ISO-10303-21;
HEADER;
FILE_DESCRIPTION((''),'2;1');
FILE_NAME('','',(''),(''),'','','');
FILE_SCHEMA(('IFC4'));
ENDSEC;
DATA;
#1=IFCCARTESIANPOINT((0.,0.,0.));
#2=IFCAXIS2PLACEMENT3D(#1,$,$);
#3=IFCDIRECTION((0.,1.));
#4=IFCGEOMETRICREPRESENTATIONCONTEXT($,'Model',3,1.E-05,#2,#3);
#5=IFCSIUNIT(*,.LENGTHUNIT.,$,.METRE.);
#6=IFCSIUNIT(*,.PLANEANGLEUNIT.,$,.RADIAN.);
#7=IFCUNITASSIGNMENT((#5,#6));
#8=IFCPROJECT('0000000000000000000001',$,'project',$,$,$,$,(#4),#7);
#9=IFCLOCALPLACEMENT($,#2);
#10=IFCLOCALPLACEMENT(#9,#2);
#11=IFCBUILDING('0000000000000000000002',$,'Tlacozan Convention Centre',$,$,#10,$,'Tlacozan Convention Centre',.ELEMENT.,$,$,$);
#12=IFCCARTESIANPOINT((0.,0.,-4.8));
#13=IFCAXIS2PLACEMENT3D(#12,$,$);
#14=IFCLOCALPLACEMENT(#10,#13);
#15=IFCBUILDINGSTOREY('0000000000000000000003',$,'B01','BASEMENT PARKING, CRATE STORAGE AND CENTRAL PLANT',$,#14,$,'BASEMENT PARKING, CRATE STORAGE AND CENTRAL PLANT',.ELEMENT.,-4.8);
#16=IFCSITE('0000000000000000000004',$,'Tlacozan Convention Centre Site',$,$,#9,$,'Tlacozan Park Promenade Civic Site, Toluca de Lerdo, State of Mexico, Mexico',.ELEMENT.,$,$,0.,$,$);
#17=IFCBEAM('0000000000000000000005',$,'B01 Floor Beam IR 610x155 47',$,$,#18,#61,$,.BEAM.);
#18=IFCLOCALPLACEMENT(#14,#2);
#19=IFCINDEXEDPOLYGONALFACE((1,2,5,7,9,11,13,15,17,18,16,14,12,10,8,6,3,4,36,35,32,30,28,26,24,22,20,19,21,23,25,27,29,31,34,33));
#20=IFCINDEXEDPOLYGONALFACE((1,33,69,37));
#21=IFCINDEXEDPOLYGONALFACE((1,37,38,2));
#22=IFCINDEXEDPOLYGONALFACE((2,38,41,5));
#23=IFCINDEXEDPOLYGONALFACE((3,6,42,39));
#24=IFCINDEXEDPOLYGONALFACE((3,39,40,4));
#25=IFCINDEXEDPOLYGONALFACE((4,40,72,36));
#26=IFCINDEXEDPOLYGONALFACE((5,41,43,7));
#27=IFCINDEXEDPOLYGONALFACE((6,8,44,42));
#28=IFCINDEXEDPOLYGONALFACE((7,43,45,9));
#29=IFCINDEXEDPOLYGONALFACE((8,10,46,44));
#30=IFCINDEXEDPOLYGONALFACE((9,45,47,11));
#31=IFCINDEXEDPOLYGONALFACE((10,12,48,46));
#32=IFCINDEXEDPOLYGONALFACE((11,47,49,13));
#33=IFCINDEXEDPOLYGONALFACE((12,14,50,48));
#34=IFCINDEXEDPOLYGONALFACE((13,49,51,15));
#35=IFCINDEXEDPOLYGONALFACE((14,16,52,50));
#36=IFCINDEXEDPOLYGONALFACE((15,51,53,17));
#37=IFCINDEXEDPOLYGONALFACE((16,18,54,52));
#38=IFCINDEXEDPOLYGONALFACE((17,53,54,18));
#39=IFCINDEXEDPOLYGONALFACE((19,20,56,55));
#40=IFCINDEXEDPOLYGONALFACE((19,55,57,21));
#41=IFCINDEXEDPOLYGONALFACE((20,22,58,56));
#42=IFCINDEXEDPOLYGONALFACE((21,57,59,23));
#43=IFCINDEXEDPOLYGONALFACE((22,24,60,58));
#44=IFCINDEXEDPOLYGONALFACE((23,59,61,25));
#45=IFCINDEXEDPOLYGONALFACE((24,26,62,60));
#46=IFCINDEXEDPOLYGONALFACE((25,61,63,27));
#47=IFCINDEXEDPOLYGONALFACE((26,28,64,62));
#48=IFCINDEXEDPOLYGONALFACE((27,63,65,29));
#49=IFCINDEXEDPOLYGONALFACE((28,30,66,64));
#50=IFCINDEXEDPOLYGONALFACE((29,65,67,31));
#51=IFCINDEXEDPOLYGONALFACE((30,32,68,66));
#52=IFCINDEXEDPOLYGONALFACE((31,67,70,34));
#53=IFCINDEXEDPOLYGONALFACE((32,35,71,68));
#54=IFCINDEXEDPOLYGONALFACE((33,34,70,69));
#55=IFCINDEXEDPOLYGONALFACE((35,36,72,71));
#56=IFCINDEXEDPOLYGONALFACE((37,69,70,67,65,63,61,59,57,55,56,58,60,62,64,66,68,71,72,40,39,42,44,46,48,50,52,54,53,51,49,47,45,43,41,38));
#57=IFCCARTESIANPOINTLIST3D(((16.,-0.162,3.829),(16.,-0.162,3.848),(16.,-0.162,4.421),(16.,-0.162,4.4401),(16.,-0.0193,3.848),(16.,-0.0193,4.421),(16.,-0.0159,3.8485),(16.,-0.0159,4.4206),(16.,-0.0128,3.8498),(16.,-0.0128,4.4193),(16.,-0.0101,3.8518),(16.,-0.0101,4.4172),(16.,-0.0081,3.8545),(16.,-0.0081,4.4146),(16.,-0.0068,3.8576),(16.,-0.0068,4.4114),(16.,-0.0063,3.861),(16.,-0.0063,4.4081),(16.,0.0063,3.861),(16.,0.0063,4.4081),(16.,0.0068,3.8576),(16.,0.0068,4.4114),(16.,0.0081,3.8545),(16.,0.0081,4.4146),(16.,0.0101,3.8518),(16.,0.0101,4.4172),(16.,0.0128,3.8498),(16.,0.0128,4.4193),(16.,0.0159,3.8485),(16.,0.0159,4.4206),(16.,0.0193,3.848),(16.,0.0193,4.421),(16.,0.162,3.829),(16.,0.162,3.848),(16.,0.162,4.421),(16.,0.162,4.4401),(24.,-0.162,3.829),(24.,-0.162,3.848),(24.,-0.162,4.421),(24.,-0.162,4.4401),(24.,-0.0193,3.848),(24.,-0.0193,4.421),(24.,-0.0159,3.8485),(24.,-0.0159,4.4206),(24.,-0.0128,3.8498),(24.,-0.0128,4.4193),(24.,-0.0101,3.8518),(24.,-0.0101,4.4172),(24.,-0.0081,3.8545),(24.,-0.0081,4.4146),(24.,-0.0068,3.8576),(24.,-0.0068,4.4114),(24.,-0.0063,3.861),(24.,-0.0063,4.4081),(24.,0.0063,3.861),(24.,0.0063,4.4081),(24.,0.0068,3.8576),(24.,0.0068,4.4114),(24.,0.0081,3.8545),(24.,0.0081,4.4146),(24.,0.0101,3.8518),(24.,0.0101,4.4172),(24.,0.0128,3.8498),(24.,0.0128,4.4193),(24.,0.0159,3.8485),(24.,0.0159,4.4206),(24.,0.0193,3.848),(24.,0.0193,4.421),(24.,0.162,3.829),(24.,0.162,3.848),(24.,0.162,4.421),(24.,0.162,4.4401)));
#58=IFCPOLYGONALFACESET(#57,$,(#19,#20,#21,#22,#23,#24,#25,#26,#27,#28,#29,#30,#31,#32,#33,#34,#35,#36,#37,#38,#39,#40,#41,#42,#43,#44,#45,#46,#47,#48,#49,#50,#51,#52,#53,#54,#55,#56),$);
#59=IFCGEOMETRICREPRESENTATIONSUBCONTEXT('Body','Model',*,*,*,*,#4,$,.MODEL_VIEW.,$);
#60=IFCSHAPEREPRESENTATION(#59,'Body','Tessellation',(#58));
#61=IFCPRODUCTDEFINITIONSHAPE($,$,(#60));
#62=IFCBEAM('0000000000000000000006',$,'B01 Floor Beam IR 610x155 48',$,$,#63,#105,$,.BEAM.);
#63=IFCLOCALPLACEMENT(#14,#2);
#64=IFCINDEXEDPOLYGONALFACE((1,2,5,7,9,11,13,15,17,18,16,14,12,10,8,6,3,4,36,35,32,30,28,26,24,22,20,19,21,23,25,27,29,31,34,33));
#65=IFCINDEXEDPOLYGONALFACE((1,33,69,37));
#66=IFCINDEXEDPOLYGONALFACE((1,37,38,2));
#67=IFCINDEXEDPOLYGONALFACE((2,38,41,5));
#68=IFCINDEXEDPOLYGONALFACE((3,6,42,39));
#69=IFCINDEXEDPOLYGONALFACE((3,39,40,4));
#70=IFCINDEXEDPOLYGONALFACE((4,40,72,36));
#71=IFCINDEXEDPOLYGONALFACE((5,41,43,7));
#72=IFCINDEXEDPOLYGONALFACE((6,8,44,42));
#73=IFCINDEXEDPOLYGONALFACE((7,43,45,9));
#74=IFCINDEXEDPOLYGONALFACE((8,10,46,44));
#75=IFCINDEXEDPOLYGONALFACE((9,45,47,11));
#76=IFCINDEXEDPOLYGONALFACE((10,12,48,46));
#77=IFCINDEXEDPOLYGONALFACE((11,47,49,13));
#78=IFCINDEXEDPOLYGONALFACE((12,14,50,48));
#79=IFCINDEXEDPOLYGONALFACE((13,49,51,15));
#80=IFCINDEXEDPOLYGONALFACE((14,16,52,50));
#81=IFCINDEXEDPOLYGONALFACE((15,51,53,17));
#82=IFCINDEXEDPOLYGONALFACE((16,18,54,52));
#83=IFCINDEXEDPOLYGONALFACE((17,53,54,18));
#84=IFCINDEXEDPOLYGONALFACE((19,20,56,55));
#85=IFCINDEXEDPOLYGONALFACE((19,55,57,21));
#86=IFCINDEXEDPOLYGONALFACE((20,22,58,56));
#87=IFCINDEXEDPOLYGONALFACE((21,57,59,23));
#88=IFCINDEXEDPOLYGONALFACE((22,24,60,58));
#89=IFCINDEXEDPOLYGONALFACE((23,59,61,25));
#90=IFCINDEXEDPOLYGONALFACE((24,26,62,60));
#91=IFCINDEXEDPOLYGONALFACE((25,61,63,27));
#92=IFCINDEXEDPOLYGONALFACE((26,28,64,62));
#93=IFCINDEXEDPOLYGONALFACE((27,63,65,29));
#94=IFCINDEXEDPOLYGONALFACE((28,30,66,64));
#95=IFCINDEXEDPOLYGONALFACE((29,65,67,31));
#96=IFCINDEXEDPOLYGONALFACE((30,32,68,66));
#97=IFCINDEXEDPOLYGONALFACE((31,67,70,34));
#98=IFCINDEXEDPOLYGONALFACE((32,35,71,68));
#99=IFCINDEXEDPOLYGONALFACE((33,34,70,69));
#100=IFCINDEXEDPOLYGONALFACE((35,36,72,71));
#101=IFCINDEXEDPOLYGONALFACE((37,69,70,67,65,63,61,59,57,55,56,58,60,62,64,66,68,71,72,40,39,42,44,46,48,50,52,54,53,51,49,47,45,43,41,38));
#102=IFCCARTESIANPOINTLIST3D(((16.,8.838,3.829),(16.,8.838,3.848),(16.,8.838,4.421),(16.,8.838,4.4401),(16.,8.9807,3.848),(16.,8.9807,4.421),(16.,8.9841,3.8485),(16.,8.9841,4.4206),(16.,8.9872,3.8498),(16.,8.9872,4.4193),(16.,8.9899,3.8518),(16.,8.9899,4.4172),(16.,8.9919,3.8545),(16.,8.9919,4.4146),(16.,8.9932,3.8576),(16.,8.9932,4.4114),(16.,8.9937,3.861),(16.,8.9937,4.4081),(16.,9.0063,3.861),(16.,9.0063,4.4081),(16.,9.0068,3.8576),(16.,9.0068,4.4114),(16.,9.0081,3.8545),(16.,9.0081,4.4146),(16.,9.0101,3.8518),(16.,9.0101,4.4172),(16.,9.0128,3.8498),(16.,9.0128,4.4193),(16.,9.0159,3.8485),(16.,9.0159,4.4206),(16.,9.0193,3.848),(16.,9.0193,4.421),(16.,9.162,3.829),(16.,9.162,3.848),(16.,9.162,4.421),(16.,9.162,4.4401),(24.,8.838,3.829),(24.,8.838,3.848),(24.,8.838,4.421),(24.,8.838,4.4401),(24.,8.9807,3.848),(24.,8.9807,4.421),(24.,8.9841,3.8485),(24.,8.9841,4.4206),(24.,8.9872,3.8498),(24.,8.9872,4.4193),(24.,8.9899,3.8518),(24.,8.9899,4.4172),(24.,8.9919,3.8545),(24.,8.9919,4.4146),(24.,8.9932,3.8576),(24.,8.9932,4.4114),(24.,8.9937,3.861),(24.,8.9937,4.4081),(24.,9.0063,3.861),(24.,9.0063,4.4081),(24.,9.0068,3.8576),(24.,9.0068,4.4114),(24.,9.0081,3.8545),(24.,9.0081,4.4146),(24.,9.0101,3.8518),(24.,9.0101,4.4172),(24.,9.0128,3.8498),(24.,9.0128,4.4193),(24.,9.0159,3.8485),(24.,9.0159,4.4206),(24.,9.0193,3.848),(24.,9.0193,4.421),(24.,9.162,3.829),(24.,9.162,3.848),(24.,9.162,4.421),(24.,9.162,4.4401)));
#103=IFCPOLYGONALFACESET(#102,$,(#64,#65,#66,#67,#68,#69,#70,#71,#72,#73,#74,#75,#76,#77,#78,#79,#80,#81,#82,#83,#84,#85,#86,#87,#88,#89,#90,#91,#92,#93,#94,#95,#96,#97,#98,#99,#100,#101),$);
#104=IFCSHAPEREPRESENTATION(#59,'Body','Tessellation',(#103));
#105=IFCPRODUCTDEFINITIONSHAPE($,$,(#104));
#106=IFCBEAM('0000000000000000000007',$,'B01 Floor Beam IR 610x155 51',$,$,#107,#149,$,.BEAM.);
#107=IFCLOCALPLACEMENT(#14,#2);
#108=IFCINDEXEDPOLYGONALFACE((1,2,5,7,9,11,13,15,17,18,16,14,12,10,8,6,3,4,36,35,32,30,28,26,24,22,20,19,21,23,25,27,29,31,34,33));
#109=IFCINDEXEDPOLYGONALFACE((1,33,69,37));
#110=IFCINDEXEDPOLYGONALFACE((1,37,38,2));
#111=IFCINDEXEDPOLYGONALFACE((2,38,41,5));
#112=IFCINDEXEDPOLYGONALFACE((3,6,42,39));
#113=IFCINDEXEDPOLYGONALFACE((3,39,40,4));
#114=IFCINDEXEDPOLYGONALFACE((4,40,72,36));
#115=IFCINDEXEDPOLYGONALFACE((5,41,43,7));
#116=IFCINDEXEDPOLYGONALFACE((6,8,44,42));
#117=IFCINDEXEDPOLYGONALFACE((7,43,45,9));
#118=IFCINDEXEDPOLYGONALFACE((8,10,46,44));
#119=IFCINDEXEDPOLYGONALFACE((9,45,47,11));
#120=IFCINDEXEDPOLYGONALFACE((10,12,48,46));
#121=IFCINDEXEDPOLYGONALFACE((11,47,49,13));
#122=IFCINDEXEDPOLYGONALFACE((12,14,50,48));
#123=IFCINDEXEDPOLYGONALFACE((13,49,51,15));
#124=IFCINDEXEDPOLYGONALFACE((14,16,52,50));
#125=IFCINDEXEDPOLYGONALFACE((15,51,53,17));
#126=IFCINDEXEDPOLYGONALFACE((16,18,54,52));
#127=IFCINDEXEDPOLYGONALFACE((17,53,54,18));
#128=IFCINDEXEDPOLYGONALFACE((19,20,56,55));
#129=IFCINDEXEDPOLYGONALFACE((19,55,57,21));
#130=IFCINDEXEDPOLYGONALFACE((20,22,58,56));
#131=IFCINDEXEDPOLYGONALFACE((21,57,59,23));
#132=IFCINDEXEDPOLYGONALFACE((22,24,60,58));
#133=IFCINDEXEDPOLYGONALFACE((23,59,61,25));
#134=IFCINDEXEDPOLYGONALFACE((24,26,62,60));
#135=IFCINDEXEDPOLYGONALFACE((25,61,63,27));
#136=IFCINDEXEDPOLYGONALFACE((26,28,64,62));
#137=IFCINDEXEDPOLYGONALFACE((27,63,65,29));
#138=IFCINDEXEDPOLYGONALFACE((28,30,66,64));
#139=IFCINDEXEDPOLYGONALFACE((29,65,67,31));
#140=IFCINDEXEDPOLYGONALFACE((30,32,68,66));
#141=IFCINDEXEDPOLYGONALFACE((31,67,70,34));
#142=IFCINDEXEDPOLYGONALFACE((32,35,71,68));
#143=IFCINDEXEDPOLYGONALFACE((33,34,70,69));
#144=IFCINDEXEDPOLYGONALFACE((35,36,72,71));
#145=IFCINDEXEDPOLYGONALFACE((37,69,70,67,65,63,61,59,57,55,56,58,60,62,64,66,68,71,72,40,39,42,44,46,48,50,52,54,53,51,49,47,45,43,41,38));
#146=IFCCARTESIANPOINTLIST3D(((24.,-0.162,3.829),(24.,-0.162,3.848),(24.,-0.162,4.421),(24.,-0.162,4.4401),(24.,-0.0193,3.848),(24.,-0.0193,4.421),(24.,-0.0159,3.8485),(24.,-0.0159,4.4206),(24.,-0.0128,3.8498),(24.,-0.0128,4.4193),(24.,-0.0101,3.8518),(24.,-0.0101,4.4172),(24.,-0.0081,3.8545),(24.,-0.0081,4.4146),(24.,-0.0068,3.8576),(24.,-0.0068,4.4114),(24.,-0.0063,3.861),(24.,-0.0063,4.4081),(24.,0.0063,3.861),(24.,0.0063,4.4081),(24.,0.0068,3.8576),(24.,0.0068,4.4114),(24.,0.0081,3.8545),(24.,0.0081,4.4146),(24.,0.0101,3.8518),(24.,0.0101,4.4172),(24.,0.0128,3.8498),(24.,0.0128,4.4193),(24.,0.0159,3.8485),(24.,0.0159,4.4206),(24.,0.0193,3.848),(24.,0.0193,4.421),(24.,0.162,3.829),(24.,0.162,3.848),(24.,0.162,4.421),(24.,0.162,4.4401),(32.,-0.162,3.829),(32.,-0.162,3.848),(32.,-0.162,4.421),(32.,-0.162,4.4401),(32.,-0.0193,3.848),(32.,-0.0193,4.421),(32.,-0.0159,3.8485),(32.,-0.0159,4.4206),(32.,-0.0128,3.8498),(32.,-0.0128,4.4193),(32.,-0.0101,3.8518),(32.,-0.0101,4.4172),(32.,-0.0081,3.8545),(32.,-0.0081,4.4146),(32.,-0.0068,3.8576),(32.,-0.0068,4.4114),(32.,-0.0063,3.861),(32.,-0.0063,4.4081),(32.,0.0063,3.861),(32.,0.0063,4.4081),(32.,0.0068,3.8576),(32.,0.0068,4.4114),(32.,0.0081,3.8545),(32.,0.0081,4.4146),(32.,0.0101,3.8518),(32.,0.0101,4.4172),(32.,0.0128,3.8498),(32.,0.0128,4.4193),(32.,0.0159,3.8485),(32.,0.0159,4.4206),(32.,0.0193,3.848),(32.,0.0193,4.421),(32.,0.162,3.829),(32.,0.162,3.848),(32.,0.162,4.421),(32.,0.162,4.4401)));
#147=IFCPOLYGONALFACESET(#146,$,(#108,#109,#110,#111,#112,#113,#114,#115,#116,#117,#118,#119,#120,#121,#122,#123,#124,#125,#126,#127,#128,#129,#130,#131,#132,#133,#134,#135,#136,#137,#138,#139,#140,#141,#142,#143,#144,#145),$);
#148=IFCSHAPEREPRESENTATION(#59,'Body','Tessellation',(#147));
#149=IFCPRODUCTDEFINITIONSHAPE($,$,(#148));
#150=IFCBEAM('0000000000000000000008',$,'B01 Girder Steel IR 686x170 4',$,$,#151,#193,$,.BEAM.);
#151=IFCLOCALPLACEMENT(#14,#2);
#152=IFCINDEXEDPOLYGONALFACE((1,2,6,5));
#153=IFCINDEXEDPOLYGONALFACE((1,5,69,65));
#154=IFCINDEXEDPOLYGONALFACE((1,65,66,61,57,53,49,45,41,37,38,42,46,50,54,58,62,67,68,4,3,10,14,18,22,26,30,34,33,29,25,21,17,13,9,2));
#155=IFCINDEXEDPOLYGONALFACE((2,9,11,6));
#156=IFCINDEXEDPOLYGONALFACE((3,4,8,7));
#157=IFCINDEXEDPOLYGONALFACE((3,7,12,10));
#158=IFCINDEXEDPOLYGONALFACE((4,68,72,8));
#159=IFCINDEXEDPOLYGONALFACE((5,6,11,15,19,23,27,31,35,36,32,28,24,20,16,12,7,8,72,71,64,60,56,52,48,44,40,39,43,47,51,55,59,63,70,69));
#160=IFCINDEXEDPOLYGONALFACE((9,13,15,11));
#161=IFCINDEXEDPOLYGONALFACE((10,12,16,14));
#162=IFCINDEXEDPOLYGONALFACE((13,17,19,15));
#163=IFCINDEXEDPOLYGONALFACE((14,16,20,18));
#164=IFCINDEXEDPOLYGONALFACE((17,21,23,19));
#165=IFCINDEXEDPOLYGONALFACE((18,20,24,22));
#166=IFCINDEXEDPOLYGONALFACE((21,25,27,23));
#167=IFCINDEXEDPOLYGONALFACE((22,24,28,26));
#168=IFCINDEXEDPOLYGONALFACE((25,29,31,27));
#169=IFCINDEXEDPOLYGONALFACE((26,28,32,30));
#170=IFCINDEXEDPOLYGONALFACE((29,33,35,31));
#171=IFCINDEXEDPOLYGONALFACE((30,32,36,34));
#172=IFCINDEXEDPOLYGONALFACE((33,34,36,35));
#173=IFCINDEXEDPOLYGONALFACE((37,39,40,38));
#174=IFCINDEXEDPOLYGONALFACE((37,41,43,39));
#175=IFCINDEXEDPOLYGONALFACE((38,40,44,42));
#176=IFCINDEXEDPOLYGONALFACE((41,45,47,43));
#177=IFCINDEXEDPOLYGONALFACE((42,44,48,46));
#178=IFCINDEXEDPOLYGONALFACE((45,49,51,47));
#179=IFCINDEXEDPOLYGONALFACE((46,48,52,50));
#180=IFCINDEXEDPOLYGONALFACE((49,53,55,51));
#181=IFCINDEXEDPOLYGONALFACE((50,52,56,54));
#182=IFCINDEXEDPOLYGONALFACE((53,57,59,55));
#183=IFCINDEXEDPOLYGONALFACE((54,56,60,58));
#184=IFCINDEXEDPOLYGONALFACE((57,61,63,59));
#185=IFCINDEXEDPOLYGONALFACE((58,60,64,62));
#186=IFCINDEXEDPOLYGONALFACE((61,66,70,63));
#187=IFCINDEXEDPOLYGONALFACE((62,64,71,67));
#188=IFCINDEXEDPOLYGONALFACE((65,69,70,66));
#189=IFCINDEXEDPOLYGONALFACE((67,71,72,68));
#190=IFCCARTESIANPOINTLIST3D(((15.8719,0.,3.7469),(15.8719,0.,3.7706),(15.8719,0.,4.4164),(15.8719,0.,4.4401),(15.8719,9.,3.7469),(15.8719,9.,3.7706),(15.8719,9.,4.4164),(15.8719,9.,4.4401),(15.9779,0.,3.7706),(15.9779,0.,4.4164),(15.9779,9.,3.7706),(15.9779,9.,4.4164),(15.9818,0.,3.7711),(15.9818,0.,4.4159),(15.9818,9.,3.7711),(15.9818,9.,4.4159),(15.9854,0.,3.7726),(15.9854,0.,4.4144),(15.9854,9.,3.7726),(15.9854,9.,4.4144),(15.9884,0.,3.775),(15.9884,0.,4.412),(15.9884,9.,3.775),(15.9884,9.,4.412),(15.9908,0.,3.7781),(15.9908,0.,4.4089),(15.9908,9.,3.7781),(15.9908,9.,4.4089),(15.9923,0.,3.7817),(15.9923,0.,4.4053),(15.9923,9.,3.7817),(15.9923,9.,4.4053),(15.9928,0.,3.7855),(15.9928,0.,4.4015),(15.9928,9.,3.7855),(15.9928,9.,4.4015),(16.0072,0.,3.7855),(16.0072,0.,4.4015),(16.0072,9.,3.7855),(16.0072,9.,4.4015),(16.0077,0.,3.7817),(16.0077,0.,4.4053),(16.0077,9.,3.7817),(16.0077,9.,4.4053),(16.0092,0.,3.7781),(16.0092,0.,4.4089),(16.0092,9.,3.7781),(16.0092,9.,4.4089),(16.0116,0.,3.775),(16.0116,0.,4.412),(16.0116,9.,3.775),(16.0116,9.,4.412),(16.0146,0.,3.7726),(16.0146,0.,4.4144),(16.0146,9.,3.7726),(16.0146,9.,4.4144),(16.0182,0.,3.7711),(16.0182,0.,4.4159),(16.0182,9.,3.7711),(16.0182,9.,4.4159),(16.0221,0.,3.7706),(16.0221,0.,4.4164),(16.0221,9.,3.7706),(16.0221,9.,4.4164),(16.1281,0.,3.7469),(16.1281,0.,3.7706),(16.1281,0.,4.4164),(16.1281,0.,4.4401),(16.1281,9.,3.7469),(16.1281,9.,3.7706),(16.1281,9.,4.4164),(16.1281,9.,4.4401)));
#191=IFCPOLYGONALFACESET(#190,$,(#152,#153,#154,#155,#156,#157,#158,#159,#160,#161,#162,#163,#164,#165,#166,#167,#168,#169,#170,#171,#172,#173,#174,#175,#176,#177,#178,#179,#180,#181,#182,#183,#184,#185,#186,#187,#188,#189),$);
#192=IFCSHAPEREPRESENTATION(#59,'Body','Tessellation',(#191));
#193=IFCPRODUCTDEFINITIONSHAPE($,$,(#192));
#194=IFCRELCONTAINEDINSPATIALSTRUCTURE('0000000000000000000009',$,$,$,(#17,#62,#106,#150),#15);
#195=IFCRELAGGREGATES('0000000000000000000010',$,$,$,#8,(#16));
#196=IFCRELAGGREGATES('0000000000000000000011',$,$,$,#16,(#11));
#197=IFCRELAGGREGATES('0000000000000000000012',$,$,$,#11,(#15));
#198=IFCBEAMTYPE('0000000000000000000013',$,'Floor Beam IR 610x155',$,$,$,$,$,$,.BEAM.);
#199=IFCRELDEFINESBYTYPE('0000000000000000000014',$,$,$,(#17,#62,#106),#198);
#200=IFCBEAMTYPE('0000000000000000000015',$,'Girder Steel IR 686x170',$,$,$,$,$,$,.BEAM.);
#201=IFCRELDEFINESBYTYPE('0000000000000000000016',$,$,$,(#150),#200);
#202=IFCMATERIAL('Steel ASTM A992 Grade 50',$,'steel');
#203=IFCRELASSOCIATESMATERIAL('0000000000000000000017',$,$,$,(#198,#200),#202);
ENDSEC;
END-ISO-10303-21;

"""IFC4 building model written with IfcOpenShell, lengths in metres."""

from ifc_helpers import new_model, si_unit, direction, frame, origin, origin_2d, place, context, subcontext, project, spatial, i_section, extrude, material, material_profile, profile_set, type_object, element, save


model = new_model("IFC4")

# Units and contexts
model_context = context("Model", 3, precision=1e-05, world=origin(), true_north=direction((0.0, 1.0)))
body_context = subcontext(model_context, "Body", "Model", "MODEL_VIEW")
ifc_project = project(units=[si_unit("LENGTHUNIT", "METRE"), si_unit("PLANEANGLEUNIT", "RADIAN")], contexts=[model_context])

# Site, building, storey
site_placement = place(None, origin())
site = spatial("IfcSite", under=ifc_project, at=site_placement, Name="Tlacozan Convention Centre Site", LongName="Tlacozan Park Promenade Civic Site, Toluca de Lerdo, State of Mexico, Mexico", CompositionType="ELEMENT", RefElevation=0.0)
building_placement = place(site_placement, origin())
building = spatial("IfcBuilding", under=site, at=building_placement, Name="Tlacozan Convention Centre", LongName="Tlacozan Convention Centre", CompositionType="ELEMENT")
storey_placement = place(building_placement, frame((0.0, 0.0, -4.8)))
storey = spatial("IfcBuildingStorey", under=building, at=storey_placement, Name="B01", Description="BASEMENT PARKING, CRATE STORAGE AND CENTRAL PLANT", LongName="BASEMENT PARKING, CRATE STORAGE AND CENTRAL PLANT", CompositionType="ELEMENT", Elevation=-4.8)

# Beams
ifc_material_1 = material(Name="Steel ASTM A992 Grade 50", Category="steel")
ifc_material_profile_1 = material_profile(ifc_material_1, i_section(OverallWidth=0.324, OverallDepth=0.6111, WebThickness=0.0127, FlangeThickness=0.019, FilletRadius=0.0129, at=origin_2d()), Name="IR 610x155.0")
ifc_profile_set_1 = profile_set([ifc_material_profile_1], Name="Steel ASTM A992 Grade 50")
beam_type_1 = type_object("IfcBeamType", Name="Floor Beam IR 610x155", PredefinedType="BEAM", material=ifc_profile_set_1)
for number, where, z_axis, x_axis, name in (
    (1, (16.0, 0.0, 4.1345), (1.0, 0.0, 0.0), (0.0, 1.0, 0.0), "B01 Floor Beam IR 610x155 47"),
    (2, (16.0, 9.0, 4.1345), (1.0, 0.0, 0.0), (0.0, 1.0, 0.0), "B01 Floor Beam IR 610x155 48"),
    (3, (24.0, 0.0, 4.1345), (1.0, 0.0, 0.0), (0.0, 1.0, 0.0), "B01 Floor Beam IR 610x155 51"),
):
    element("IfcBeam", number, at=place(storey_placement, frame(where, z_axis=z_axis, x_axis=x_axis)), inside=storey, type_object=beam_type_1, Name=name, PredefinedType="BEAM", context=body_context, shape_type="SweptSolid", body=[
        extrude(i_section(OverallWidth=0.324, OverallDepth=0.6111, WebThickness=0.0127, FlangeThickness=0.019, FilletRadius=0.0129, at=origin_2d()), origin(), (0.0, 0.0, 1.0), 8.0),
    ])
ifc_material_profile_2 = material_profile(ifc_material_1, i_section(OverallWidth=0.2561, OverallDepth=0.6931, WebThickness=0.0144, FlangeThickness=0.0237, FilletRadius=0.0149, at=origin_2d()), Name="IR 686x170.0")
ifc_profile_set_2 = profile_set([ifc_material_profile_2], Name="Steel ASTM A992 Grade 50")
beam_type_2 = type_object("IfcBeamType", Name="Girder Steel IR 686x170", PredefinedType="BEAM", material=ifc_profile_set_2)
for number, where, z_axis, x_axis, name in (
    (4, (16.0, 0.0, 4.0935), (0.0, 1.0, 0.0), (-1.0, 0.0, 0.0), "B01 Girder Steel IR 686x170 4"),
):
    element("IfcBeam", number, at=place(storey_placement, frame(where, z_axis=z_axis, x_axis=x_axis)), inside=storey, type_object=beam_type_2, Name=name, PredefinedType="BEAM", context=body_context, shape_type="SweptSolid", body=[
        extrude(i_section(OverallWidth=0.2561, OverallDepth=0.6931, WebThickness=0.0144, FlangeThickness=0.0237, FilletRadius=0.0149, at=origin_2d()), origin(), (0.0, 0.0, 1.0), 9.0),
    ])

save(model, "model.ifc")
